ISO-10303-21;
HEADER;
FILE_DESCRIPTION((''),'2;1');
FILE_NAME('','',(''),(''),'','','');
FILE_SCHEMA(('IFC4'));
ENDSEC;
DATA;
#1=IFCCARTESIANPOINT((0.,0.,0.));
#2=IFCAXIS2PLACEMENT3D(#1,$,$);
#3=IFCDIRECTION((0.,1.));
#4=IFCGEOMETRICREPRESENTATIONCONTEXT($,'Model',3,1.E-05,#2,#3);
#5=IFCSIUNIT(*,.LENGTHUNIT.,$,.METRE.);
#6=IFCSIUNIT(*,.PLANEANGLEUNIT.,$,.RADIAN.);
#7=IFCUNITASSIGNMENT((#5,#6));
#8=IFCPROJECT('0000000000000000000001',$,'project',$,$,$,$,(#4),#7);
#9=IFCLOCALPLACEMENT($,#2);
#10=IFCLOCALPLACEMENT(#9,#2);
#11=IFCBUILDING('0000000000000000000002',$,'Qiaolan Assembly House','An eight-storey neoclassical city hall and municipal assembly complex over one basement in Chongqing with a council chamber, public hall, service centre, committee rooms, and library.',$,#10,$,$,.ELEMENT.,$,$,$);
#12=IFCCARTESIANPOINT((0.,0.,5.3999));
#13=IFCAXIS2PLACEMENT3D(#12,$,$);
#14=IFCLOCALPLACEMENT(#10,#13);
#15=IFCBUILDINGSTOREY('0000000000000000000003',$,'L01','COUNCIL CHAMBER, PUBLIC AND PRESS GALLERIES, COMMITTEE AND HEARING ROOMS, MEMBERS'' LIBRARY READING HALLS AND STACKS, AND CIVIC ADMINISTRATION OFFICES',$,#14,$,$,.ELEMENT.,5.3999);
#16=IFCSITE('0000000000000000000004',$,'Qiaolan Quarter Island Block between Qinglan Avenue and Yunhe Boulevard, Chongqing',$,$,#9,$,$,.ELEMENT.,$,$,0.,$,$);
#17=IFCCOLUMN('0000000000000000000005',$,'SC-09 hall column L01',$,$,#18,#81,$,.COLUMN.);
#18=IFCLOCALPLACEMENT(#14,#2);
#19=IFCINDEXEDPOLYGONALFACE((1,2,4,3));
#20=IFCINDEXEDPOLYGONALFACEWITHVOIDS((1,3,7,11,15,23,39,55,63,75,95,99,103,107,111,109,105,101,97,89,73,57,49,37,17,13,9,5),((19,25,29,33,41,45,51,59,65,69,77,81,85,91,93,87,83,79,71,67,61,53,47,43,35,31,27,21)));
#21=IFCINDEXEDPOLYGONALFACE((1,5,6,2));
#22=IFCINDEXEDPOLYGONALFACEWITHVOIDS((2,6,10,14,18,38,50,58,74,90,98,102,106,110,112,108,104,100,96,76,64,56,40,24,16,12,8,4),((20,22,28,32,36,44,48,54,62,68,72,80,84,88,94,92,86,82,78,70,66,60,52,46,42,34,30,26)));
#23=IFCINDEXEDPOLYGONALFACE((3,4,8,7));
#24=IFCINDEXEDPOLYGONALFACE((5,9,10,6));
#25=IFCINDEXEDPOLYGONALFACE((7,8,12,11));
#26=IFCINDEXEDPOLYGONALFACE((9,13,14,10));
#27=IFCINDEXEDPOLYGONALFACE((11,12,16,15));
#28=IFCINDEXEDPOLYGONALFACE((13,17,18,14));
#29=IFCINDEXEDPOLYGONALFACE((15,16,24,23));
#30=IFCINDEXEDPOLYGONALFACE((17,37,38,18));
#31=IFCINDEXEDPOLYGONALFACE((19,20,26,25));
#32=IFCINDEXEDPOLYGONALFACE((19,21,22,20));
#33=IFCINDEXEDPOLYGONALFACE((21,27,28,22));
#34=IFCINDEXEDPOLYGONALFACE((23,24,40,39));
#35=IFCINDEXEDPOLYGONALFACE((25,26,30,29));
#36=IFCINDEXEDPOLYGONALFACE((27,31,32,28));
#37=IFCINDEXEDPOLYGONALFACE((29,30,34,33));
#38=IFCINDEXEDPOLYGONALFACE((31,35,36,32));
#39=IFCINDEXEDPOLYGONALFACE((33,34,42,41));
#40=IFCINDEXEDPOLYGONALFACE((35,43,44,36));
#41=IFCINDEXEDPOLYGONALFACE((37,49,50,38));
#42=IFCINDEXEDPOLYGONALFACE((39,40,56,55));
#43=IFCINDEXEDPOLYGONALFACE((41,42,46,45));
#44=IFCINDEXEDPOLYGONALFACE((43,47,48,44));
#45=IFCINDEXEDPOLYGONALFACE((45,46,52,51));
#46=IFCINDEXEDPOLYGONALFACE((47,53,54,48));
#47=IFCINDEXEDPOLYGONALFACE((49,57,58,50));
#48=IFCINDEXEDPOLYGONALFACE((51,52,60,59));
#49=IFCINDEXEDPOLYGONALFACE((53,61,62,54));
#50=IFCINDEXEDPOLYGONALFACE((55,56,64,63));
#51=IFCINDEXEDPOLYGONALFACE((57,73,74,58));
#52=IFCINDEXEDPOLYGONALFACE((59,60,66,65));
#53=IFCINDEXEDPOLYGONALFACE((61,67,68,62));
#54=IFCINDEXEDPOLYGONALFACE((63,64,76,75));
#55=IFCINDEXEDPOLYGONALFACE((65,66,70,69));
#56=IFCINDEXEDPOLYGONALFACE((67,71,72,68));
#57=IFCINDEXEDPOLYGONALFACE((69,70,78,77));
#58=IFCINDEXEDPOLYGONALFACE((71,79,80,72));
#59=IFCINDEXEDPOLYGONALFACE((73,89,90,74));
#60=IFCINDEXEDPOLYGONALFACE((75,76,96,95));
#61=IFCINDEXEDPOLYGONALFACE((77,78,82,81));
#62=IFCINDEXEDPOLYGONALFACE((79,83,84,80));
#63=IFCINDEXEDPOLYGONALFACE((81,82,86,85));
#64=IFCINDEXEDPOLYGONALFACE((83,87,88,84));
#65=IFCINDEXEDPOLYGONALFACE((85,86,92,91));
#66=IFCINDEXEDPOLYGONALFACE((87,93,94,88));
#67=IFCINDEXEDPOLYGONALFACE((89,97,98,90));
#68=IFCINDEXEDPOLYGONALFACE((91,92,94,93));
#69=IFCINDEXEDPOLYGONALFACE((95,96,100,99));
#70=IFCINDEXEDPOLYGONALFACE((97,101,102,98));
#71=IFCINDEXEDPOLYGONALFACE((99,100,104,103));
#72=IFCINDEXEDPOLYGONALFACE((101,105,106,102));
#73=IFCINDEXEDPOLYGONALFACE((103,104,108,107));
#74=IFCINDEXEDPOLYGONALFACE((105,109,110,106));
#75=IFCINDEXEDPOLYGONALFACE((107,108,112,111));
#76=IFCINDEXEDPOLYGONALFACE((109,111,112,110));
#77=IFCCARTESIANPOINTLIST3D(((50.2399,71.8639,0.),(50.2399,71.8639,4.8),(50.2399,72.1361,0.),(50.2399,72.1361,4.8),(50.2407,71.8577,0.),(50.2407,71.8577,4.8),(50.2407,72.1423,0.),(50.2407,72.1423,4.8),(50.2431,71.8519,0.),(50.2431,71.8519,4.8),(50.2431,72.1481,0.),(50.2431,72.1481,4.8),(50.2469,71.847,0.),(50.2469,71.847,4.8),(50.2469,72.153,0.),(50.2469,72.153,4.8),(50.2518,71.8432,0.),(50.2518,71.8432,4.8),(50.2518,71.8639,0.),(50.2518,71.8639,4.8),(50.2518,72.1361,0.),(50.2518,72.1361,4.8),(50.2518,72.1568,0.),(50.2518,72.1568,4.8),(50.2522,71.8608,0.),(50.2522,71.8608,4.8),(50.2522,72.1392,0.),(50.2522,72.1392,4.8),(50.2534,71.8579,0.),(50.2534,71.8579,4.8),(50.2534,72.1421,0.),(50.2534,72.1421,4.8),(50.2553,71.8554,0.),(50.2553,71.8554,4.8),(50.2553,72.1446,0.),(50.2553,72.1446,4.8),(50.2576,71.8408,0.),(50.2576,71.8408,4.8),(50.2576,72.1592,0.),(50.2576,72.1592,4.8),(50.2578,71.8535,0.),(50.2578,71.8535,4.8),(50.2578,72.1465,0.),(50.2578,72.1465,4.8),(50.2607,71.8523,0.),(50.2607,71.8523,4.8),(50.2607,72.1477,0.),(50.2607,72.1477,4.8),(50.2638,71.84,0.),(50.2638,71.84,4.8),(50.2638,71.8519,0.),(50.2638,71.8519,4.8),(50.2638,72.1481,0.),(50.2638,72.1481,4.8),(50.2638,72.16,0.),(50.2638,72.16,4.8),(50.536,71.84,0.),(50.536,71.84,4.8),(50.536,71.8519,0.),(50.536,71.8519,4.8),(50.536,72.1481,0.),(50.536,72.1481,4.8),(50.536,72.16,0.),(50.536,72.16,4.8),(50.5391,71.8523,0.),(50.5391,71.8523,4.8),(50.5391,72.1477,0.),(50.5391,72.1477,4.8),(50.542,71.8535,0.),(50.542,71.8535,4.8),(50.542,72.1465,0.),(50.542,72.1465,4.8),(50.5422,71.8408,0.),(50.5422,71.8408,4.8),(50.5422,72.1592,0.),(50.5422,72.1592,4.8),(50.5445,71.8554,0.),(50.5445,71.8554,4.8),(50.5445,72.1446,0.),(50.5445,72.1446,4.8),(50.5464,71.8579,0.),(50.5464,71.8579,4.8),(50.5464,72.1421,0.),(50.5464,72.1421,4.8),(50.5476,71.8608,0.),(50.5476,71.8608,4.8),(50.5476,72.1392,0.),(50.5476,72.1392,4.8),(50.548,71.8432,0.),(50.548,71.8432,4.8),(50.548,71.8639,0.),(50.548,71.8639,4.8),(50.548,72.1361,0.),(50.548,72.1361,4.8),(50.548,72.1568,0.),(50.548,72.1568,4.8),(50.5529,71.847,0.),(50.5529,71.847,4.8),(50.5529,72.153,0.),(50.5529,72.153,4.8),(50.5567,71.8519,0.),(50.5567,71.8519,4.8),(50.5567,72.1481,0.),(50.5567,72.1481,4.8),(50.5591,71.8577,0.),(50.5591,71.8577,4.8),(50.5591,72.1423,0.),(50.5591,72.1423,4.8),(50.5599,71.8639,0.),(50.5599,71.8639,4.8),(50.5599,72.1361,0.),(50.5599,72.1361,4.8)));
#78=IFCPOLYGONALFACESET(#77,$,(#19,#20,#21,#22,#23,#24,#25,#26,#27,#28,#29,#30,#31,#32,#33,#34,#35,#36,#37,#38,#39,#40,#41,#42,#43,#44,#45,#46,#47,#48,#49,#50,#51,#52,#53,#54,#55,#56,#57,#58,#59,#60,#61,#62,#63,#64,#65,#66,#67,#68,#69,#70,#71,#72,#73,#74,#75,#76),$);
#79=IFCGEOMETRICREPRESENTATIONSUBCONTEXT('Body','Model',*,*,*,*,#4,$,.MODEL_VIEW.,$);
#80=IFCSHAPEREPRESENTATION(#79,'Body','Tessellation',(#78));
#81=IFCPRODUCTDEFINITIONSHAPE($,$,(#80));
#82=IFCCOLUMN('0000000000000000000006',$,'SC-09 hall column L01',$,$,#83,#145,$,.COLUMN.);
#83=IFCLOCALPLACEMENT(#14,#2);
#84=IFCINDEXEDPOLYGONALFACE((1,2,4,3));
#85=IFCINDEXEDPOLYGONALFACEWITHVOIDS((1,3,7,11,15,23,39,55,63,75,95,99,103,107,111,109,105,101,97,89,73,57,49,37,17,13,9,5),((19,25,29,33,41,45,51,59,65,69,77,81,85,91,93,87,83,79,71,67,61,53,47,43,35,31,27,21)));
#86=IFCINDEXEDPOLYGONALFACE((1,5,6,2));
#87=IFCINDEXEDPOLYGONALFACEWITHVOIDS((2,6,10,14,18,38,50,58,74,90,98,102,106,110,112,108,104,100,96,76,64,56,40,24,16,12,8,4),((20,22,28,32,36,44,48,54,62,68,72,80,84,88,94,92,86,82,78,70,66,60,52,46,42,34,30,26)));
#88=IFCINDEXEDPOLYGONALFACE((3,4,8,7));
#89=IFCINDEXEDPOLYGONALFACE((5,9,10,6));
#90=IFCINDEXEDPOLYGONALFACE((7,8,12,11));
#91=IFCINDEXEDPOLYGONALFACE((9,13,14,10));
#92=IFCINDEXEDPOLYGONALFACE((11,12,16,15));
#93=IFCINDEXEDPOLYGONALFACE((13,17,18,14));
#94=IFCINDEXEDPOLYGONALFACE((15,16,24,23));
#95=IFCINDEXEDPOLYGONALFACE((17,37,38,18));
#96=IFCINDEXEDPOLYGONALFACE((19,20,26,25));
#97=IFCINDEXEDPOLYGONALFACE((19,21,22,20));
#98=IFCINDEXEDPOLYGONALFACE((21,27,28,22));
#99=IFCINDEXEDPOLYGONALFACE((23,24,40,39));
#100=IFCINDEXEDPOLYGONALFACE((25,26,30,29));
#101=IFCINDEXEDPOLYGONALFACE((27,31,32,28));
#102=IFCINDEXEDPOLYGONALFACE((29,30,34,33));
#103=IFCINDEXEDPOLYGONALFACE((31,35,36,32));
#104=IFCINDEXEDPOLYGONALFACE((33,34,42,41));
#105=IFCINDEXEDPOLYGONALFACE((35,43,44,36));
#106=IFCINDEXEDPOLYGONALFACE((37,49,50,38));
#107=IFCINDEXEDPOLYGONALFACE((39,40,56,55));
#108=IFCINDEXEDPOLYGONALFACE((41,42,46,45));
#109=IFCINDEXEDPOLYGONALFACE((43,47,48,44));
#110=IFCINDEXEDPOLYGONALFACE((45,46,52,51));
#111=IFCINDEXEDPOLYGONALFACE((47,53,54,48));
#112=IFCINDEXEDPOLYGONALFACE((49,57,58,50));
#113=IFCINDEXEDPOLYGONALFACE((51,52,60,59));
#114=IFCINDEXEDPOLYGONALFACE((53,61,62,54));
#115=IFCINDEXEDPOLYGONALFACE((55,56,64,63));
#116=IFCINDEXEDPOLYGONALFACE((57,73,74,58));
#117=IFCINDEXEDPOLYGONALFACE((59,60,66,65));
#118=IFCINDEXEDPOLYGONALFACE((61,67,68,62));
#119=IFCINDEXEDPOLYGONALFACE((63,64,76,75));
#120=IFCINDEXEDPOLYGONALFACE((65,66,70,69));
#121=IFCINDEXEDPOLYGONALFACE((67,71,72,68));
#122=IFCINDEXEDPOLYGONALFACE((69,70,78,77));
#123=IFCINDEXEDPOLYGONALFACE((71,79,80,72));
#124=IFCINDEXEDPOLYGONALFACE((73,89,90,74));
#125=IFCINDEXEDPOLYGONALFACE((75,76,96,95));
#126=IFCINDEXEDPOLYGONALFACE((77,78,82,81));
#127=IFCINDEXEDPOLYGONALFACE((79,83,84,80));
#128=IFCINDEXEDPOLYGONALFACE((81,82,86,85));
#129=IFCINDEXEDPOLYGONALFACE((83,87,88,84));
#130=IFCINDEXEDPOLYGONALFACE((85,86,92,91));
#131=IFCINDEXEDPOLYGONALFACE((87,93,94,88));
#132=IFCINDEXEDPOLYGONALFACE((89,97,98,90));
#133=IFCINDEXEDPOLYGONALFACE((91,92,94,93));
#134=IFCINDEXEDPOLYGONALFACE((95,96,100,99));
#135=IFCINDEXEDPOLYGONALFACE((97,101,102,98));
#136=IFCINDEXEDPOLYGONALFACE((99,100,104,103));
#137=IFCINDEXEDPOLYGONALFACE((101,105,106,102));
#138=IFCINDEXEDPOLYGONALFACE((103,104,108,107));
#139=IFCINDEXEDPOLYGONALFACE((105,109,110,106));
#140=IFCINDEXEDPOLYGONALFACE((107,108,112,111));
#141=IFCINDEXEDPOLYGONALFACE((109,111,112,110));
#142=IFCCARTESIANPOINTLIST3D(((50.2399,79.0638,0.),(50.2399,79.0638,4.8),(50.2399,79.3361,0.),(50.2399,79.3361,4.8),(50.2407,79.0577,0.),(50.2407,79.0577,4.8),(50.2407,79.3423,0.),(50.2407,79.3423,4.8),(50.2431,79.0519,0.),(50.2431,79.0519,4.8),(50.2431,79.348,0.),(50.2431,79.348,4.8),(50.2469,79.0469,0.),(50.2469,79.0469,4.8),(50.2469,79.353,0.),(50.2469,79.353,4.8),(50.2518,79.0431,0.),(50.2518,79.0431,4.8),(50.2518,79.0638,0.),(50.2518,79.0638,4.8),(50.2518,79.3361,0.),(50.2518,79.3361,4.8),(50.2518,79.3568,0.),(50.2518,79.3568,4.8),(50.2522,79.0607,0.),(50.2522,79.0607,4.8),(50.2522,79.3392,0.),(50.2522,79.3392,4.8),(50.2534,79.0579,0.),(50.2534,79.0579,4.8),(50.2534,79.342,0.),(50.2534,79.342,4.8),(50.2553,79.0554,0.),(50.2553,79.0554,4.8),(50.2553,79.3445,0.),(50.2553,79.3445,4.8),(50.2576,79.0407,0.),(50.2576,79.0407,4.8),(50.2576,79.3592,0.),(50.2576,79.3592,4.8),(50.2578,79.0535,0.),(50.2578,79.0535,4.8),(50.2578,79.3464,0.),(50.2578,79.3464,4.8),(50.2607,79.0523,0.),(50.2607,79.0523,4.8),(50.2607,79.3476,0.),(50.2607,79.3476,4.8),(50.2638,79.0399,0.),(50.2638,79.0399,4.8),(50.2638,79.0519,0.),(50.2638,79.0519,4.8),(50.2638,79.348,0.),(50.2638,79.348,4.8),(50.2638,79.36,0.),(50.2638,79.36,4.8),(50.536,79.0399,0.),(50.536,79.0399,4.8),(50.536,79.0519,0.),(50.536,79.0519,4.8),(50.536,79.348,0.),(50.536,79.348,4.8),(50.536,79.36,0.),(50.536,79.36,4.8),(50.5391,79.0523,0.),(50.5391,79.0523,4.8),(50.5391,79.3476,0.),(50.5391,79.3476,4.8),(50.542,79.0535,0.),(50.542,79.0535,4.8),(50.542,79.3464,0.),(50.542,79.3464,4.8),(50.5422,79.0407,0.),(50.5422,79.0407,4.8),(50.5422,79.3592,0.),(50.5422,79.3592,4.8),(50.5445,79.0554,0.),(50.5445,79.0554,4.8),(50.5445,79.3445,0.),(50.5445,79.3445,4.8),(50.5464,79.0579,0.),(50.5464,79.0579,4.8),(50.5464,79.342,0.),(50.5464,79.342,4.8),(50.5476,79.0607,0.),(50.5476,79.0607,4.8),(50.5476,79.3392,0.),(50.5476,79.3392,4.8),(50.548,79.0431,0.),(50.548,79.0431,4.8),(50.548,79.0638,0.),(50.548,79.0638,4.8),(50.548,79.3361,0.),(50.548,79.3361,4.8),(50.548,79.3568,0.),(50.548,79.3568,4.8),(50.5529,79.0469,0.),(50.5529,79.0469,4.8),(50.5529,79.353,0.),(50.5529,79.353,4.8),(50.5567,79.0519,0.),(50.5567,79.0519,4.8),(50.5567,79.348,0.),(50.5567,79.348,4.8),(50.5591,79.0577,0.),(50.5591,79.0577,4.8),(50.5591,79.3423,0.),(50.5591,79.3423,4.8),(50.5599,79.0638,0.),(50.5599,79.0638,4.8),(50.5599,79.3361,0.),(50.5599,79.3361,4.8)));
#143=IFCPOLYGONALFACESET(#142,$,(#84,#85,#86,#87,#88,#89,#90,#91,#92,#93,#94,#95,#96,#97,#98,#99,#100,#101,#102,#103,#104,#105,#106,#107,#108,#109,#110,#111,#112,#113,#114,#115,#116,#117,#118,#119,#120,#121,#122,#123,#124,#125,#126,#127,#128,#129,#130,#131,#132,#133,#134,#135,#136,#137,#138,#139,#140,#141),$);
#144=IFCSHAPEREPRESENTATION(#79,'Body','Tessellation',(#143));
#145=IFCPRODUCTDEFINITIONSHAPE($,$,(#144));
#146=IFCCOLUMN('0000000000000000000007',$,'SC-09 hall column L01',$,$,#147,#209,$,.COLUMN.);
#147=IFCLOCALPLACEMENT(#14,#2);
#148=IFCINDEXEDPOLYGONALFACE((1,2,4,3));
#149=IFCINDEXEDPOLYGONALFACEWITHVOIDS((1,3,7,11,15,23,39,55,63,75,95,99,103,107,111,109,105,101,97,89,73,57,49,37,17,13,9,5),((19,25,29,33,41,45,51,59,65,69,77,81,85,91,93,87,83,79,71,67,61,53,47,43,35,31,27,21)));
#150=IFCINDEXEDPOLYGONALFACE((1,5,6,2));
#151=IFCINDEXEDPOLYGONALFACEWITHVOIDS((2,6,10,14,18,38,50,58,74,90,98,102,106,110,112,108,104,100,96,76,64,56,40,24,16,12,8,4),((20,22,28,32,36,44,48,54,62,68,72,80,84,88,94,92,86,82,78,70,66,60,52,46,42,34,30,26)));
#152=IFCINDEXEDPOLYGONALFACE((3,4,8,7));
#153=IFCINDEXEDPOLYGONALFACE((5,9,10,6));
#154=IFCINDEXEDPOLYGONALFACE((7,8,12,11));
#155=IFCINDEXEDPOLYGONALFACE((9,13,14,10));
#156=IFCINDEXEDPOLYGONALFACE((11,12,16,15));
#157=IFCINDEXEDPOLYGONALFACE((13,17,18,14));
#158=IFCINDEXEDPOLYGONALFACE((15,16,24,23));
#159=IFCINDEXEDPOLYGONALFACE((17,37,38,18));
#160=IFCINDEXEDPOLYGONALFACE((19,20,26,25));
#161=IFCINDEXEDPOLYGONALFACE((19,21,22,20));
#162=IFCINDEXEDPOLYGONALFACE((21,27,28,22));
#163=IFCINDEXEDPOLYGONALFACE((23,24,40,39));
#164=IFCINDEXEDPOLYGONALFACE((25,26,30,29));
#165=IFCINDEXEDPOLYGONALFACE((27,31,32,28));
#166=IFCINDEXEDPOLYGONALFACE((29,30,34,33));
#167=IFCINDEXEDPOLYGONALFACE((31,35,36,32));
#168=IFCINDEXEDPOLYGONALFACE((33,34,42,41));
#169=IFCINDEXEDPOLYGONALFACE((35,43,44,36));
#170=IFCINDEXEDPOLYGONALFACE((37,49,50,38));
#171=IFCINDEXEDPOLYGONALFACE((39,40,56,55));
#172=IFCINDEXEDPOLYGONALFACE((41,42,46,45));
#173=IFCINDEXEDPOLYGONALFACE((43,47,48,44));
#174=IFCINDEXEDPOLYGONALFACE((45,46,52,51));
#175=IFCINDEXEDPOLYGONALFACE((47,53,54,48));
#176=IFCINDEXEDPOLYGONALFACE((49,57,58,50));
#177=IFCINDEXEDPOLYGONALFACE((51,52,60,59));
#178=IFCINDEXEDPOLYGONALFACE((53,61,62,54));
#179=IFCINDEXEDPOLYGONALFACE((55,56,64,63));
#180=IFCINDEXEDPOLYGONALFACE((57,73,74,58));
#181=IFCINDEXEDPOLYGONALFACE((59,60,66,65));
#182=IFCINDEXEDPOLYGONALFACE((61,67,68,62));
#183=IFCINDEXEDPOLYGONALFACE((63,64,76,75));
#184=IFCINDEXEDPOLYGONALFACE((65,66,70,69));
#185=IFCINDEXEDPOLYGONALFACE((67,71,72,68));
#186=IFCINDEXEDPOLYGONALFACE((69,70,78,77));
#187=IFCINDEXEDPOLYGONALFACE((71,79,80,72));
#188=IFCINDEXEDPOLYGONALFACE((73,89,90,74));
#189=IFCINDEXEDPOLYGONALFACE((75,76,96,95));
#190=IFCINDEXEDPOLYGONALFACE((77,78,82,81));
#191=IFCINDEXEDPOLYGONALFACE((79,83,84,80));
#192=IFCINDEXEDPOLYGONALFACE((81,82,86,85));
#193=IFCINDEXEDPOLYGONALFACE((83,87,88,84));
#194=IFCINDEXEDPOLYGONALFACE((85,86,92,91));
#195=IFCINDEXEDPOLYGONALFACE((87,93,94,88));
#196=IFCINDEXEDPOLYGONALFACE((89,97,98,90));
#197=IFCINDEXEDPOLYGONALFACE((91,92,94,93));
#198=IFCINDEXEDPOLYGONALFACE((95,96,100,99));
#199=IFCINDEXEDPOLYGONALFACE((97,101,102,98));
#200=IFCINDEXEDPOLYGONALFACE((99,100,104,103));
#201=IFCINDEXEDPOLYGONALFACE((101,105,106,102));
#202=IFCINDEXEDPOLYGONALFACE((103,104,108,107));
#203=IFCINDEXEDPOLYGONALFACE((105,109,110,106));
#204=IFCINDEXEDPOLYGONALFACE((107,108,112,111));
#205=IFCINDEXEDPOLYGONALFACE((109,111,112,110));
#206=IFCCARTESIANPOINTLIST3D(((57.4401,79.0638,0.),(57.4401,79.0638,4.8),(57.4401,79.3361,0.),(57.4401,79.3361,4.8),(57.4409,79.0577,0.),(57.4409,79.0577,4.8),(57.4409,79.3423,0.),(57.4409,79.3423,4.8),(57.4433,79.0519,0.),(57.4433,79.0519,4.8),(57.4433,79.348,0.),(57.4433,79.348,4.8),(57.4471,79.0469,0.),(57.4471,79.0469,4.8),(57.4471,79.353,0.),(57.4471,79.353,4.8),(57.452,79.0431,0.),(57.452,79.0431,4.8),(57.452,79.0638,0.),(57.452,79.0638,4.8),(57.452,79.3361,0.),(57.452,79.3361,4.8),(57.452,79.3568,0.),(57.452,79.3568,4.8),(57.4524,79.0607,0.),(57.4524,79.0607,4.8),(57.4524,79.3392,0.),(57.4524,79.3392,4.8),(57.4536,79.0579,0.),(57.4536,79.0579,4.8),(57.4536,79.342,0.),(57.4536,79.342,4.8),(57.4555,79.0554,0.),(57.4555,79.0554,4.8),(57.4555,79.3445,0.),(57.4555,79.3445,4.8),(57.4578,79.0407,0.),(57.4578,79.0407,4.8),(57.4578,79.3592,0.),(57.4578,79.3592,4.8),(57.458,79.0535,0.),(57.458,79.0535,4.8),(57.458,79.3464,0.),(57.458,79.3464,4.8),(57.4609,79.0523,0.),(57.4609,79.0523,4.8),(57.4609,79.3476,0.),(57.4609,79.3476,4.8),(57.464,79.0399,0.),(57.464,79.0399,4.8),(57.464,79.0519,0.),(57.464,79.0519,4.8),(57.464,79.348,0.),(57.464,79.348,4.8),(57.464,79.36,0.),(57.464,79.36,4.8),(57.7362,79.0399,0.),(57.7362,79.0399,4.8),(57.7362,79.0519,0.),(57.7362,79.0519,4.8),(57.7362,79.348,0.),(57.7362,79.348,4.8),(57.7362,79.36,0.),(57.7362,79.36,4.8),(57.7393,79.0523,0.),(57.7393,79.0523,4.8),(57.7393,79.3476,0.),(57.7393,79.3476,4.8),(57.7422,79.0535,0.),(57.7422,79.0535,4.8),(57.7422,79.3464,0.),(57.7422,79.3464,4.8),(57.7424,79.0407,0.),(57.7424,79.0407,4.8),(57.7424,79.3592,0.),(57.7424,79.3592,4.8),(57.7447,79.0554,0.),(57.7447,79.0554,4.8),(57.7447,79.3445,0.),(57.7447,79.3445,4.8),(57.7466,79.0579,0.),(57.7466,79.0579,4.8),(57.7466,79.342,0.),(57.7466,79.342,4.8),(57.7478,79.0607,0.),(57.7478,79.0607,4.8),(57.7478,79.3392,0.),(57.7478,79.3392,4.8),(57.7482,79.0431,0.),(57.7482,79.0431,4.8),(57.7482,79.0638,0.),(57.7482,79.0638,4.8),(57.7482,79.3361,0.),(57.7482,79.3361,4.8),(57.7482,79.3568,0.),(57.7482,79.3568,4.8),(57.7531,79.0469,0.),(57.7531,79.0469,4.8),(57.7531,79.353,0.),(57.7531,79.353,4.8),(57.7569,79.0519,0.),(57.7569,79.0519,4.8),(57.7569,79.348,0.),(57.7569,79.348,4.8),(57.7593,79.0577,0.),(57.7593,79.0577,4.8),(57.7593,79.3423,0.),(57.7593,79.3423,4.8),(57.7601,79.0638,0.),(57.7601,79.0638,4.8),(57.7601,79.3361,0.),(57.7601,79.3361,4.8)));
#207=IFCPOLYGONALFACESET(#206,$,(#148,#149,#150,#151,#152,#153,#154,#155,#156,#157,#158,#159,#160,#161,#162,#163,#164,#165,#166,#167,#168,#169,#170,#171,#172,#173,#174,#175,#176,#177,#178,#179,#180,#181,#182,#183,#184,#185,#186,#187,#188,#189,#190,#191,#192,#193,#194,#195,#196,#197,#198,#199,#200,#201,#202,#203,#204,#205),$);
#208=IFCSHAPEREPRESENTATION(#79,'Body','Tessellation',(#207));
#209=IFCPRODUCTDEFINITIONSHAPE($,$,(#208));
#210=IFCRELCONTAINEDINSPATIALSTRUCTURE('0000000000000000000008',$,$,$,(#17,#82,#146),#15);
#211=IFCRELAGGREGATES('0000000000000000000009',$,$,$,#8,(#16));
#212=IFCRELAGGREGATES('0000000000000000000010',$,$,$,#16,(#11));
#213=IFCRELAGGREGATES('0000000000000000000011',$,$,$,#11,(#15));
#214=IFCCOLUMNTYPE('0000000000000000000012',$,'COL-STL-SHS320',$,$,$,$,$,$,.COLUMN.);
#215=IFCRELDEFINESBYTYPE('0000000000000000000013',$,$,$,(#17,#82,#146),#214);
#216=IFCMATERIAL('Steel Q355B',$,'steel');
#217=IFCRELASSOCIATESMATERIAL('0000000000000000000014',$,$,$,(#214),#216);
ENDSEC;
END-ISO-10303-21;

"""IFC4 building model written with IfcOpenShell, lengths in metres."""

from ifc_helpers import new_model, si_unit, direction, frame, origin, origin_2d, place, context, subcontext, project, spatial, hollow_rectangle, extrude, material, material_profile, profile_set, type_object, element, save


model = new_model("IFC4")

# Units and contexts
model_context = context("Model", 3, precision=1e-05, world=origin(), true_north=direction((0.0, 1.0)))
body_context = subcontext(model_context, "Body", "Model", "MODEL_VIEW")
ifc_project = project(units=[si_unit("LENGTHUNIT", "METRE"), si_unit("PLANEANGLEUNIT", "RADIAN")], contexts=[model_context])

# Site, building, storey
site_placement = place(None, origin())
site = spatial("IfcSite", under=ifc_project, at=site_placement, Name="Qiaolan Quarter Island Block between Qinglan Avenue and Yunhe Boulevard, Chongqing", CompositionType="ELEMENT", RefElevation=0.0)
building_placement = place(site_placement, origin())
building = spatial("IfcBuilding", under=site, at=building_placement, Name="Qiaolan Assembly House", Description="An eight-storey neoclassical city hall and municipal assembly complex over one basement in Chongqing with a council chamber, public hall, service centre, committee rooms, and library.", CompositionType="ELEMENT")
storey_placement = place(building_placement, frame((0.0, 0.0, 5.3999)))
storey = spatial("IfcBuildingStorey", under=building, at=storey_placement, Name="L01", Description="COUNCIL CHAMBER, PUBLIC AND PRESS GALLERIES, COMMITTEE AND HEARING ROOMS, MEMBERS' LIBRARY READING HALLS AND STACKS, AND CIVIC ADMINISTRATION OFFICES", CompositionType="ELEMENT", Elevation=5.3999)

# Columns
ifc_material_1 = material(Name="Steel Q355B", Category="steel")
ifc_material_profile_1 = material_profile(ifc_material_1, hollow_rectangle(XDim=0.3201, YDim=0.3201, WallThickness=0.012, InnerFilletRadius=0.012, OuterFilletRadius=0.0239, at=origin_2d()), Name="SHS 320x320x12")
ifc_profile_set_1 = profile_set([ifc_material_profile_1], Name="Steel Q355B")
column_type_1 = type_object("IfcColumnType", Name="COL-STL-SHS320", PredefinedType="COLUMN", material=ifc_profile_set_1)
for number, where, z_axis, x_axis, name in (
    (1, (50.3999, 72.0, 0.0), (0.0, 0.0, 1.0), (1.0, 0.0, 0.0), "SC-09 hall column L01"),
    (2, (50.3999, 79.2, 0.0), (0.0, 0.0, 1.0), (1.0, 0.0, 0.0), "SC-09 hall column L01"),
    (3, (57.6001, 79.2, 0.0), (0.0, 0.0, 1.0), (1.0, 0.0, 0.0), "SC-09 hall column L01"),
):
    element("IfcColumn", number, at=place(storey_placement, frame(where, z_axis=z_axis, x_axis=x_axis)), inside=storey, type_object=column_type_1, Name=name, PredefinedType="COLUMN", context=body_context, shape_type="SweptSolid", body=[
        extrude(hollow_rectangle(XDim=0.3201, YDim=0.3201, WallThickness=0.012, InnerFilletRadius=0.012, OuterFilletRadius=0.0239, at=origin_2d()), origin(), (0.0, 0.0, 1.0), 4.8),
    ])

save(model, "model.ifc")
